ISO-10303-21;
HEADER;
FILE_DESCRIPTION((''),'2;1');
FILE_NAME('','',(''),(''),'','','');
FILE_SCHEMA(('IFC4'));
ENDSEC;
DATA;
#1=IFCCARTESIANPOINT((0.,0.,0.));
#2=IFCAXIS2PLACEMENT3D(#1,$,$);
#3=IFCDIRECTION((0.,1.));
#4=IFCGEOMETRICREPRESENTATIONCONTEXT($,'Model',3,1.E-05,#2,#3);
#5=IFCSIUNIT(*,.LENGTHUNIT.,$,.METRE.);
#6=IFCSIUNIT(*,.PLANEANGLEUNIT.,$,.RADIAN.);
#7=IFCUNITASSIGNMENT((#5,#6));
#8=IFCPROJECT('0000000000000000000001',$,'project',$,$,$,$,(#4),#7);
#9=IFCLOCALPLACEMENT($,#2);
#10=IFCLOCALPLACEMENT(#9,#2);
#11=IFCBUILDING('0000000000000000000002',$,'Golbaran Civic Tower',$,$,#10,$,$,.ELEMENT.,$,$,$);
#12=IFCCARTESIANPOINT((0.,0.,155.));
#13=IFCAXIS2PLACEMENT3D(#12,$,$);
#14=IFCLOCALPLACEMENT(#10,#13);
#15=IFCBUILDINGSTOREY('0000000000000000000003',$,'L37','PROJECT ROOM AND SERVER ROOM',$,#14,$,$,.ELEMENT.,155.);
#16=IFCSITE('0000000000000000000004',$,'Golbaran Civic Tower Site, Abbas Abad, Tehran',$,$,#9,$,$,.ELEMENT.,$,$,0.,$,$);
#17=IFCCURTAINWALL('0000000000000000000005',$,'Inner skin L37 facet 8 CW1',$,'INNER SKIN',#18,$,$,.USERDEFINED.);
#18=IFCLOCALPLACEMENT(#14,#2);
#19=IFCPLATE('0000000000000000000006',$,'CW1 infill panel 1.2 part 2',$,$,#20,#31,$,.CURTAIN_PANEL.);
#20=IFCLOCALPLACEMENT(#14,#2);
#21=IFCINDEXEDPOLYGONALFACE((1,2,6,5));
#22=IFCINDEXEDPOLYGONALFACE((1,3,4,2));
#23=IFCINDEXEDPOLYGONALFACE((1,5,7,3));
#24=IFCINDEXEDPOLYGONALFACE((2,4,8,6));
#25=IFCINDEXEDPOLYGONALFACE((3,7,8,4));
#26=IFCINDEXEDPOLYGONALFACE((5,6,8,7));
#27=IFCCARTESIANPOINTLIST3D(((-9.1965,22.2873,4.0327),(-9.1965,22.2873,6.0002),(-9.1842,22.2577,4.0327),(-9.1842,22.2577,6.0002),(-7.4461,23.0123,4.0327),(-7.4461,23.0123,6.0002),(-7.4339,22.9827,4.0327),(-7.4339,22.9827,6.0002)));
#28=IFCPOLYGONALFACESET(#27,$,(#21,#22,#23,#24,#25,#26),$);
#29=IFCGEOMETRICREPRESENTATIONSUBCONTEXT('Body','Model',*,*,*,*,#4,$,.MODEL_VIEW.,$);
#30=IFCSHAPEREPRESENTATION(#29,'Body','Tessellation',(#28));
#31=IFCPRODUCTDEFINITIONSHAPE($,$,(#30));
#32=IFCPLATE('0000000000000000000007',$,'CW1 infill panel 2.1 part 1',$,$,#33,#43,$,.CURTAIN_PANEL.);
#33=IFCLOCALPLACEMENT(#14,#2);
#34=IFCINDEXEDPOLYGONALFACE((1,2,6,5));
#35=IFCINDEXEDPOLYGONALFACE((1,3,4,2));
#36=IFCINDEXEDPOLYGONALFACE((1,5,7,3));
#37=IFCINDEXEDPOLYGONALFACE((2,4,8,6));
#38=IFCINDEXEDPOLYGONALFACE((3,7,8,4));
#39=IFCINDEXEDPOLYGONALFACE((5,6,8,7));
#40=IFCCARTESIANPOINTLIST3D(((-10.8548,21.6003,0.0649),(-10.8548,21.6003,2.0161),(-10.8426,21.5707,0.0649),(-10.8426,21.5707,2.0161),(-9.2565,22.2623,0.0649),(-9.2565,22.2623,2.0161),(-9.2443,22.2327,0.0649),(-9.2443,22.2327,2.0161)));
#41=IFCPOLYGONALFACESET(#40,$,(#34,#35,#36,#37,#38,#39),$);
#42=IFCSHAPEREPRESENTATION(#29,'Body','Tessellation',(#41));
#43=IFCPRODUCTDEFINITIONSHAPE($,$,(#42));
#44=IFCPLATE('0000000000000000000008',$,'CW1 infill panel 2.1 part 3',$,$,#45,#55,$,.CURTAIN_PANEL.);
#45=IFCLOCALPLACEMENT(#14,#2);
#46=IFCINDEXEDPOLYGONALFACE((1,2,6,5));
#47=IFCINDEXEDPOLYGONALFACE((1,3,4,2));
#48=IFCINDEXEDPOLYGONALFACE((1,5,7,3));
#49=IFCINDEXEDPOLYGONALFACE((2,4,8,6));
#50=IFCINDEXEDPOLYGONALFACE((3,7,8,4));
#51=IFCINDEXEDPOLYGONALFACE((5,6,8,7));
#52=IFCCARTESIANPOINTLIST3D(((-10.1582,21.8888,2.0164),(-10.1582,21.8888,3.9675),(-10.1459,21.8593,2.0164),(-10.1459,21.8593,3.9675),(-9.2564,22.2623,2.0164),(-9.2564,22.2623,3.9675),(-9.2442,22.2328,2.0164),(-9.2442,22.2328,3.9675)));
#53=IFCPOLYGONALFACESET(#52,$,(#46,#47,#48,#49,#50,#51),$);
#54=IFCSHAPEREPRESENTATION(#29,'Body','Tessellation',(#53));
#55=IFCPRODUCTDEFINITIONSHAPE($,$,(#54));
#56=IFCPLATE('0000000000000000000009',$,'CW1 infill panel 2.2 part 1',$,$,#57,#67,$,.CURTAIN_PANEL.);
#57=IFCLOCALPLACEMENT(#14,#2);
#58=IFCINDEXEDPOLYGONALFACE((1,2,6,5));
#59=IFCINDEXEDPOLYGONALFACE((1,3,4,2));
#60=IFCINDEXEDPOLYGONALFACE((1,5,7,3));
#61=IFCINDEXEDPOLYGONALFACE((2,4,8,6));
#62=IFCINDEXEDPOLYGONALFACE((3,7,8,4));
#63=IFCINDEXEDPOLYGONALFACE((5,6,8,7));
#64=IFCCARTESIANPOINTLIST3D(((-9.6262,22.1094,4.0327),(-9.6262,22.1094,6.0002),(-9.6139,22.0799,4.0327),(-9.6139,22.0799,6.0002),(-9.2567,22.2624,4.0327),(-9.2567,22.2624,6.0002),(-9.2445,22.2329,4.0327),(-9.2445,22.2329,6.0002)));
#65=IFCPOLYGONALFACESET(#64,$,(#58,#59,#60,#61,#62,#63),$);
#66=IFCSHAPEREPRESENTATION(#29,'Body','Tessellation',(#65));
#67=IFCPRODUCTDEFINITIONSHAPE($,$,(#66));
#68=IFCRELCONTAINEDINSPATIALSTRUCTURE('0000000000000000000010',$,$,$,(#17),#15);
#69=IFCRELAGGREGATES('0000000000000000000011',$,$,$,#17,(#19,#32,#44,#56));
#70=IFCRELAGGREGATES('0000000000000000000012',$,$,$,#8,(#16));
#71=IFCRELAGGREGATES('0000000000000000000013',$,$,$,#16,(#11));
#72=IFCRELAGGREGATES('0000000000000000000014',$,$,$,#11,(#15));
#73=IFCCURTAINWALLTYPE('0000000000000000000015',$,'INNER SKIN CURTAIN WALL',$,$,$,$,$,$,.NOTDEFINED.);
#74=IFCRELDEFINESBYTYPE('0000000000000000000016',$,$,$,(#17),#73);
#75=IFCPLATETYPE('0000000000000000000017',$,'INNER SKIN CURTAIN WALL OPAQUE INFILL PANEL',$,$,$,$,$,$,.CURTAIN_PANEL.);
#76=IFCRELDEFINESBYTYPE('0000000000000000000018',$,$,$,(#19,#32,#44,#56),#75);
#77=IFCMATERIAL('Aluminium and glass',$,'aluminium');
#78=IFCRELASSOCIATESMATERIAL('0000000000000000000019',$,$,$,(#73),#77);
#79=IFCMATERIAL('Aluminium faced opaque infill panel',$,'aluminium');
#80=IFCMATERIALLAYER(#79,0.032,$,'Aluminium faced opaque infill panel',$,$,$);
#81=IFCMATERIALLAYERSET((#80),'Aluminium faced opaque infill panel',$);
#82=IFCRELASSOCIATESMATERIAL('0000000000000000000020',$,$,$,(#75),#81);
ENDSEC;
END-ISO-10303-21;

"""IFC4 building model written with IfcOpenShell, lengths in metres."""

from ifc_helpers import new_model, si_unit, direction, frame, origin, origin_2d, place, context, subcontext, project, spatial, rectangle, extrude, material, layer, layer_set, type_object, element, aggregate, save


model = new_model("IFC4")

# Units and contexts
model_context = context("Model", 3, precision=1e-05, world=origin(), true_north=direction((0.0, 1.0)))
body_context = subcontext(model_context, "Body", "Model", "MODEL_VIEW")
ifc_project = project(units=[si_unit("LENGTHUNIT", "METRE"), si_unit("PLANEANGLEUNIT", "RADIAN")], contexts=[model_context])

# Site, building, storey
site_placement = place(None, origin())
site = spatial("IfcSite", under=ifc_project, at=site_placement, Name="Golbaran Civic Tower Site, Abbas Abad, Tehran", CompositionType="ELEMENT", RefElevation=0.0)
building_placement = place(site_placement, origin())
building = spatial("IfcBuilding", under=site, at=building_placement, Name="Golbaran Civic Tower", CompositionType="ELEMENT")
storey_placement = place(building_placement, frame((0.0, 0.0, 155.0)))
storey = spatial("IfcBuildingStorey", under=building, at=storey_placement, Name="L37", Description="PROJECT ROOM AND SERVER ROOM", CompositionType="ELEMENT", Elevation=155.0)

# Curtain wall
ifc_material_1 = material(Name="Aluminium and glass", Category="aluminium")
curtain_wall_type = type_object("IfcCurtainWallType", Name="INNER SKIN CURTAIN WALL", PredefinedType="NOTDEFINED", material=ifc_material_1)
curtain_wall_1_placement = place(storey_placement, origin())
curtain_wall_1 = element("IfcCurtainWall", 1, at=curtain_wall_1_placement, inside=storey, type_object=curtain_wall_type, Name="Inner skin L37 facet 8 CW1", ObjectType="INNER SKIN", PredefinedType="USERDEFINED")

# Plates
ifc_material_2 = material(Name="Aluminium faced opaque infill panel", Category="aluminium")
ifc_layer_1 = layer(ifc_material_2, 0.032, Name="Aluminium faced opaque infill panel")
ifc_layer_set_1 = layer_set([ifc_layer_1], Name="Aluminium faced opaque infill panel")
plate_type_1 = type_object("IfcPlateType", Name="INNER SKIN CURTAIN WALL OPAQUE INFILL PANEL", PredefinedType="CURTAIN_PANEL", material=ifc_layer_set_1)
plate_1_placement = place(storey_placement, frame((-8.3152, 22.635, 4.0327), z_axis=(0.0, 0.0, 1.0), x_axis=(-0.92388, -0.382683, 0.0)))
plate_1 = element("IfcPlate", 2, at=plate_1_placement, type_object=plate_type_1, Name="CW1 infill panel 1.2 part 2", PredefinedType="CURTAIN_PANEL", context=body_context, shape_type="SweptSolid", body=[
    extrude(rectangle(XDim=1.8945, YDim=0.032, at=origin_2d()), origin(), (0.0, 0.0, 1.0), 1.9675),
])
plate_2_placement = place(storey_placement, frame((-10.0496, 21.9165, 0.0649), z_axis=(0.0, 0.0, 1.0), x_axis=(-0.92388, -0.382683, 0.0)))
plate_2 = element("IfcPlate", 3, at=plate_2_placement, type_object=plate_type_1, Name="CW1 infill panel 2.1 part 1", PredefinedType="CURTAIN_PANEL", context=body_context, shape_type="SweptSolid", body=[
    extrude(rectangle(XDim=1.73, YDim=0.032, at=origin_2d()), origin(), (0.0, 0.0, 1.0), 1.9512),
])
plate_3_placement = place(storey_placement, frame((-9.7012, 22.0608, 2.0164), z_axis=(0.0, 0.0, 1.0), x_axis=(-0.92388, -0.382683, 0.0)))
plate_3 = element("IfcPlate", 4, at=plate_3_placement, type_object=plate_type_1, Name="CW1 infill panel 2.1 part 3", PredefinedType="CURTAIN_PANEL", context=body_context, shape_type="SweptSolid", body=[
    extrude(rectangle(XDim=0.9761, YDim=0.032, at=origin_2d()), origin(), (0.0, 0.0, 1.0), 1.9512),
])
plate_4_placement = place(storey_placement, frame((-9.4353, 22.1711, 4.0327), z_axis=(0.0, 0.0, 1.0), x_axis=(-0.92388, -0.382683, 0.0)))
plate_4 = element("IfcPlate", 5, at=plate_4_placement, type_object=plate_type_1, Name="CW1 infill panel 2.2 part 1", PredefinedType="CURTAIN_PANEL", context=body_context, shape_type="SweptSolid", body=[
    extrude(rectangle(XDim=0.3999, YDim=0.032, at=origin_2d()), origin(), (0.0, 0.0, 1.0), 1.9675),
])
aggregate(curtain_wall_1, [plate_1, plate_2, plate_3, plate_4])

save(model, "model.ifc")
